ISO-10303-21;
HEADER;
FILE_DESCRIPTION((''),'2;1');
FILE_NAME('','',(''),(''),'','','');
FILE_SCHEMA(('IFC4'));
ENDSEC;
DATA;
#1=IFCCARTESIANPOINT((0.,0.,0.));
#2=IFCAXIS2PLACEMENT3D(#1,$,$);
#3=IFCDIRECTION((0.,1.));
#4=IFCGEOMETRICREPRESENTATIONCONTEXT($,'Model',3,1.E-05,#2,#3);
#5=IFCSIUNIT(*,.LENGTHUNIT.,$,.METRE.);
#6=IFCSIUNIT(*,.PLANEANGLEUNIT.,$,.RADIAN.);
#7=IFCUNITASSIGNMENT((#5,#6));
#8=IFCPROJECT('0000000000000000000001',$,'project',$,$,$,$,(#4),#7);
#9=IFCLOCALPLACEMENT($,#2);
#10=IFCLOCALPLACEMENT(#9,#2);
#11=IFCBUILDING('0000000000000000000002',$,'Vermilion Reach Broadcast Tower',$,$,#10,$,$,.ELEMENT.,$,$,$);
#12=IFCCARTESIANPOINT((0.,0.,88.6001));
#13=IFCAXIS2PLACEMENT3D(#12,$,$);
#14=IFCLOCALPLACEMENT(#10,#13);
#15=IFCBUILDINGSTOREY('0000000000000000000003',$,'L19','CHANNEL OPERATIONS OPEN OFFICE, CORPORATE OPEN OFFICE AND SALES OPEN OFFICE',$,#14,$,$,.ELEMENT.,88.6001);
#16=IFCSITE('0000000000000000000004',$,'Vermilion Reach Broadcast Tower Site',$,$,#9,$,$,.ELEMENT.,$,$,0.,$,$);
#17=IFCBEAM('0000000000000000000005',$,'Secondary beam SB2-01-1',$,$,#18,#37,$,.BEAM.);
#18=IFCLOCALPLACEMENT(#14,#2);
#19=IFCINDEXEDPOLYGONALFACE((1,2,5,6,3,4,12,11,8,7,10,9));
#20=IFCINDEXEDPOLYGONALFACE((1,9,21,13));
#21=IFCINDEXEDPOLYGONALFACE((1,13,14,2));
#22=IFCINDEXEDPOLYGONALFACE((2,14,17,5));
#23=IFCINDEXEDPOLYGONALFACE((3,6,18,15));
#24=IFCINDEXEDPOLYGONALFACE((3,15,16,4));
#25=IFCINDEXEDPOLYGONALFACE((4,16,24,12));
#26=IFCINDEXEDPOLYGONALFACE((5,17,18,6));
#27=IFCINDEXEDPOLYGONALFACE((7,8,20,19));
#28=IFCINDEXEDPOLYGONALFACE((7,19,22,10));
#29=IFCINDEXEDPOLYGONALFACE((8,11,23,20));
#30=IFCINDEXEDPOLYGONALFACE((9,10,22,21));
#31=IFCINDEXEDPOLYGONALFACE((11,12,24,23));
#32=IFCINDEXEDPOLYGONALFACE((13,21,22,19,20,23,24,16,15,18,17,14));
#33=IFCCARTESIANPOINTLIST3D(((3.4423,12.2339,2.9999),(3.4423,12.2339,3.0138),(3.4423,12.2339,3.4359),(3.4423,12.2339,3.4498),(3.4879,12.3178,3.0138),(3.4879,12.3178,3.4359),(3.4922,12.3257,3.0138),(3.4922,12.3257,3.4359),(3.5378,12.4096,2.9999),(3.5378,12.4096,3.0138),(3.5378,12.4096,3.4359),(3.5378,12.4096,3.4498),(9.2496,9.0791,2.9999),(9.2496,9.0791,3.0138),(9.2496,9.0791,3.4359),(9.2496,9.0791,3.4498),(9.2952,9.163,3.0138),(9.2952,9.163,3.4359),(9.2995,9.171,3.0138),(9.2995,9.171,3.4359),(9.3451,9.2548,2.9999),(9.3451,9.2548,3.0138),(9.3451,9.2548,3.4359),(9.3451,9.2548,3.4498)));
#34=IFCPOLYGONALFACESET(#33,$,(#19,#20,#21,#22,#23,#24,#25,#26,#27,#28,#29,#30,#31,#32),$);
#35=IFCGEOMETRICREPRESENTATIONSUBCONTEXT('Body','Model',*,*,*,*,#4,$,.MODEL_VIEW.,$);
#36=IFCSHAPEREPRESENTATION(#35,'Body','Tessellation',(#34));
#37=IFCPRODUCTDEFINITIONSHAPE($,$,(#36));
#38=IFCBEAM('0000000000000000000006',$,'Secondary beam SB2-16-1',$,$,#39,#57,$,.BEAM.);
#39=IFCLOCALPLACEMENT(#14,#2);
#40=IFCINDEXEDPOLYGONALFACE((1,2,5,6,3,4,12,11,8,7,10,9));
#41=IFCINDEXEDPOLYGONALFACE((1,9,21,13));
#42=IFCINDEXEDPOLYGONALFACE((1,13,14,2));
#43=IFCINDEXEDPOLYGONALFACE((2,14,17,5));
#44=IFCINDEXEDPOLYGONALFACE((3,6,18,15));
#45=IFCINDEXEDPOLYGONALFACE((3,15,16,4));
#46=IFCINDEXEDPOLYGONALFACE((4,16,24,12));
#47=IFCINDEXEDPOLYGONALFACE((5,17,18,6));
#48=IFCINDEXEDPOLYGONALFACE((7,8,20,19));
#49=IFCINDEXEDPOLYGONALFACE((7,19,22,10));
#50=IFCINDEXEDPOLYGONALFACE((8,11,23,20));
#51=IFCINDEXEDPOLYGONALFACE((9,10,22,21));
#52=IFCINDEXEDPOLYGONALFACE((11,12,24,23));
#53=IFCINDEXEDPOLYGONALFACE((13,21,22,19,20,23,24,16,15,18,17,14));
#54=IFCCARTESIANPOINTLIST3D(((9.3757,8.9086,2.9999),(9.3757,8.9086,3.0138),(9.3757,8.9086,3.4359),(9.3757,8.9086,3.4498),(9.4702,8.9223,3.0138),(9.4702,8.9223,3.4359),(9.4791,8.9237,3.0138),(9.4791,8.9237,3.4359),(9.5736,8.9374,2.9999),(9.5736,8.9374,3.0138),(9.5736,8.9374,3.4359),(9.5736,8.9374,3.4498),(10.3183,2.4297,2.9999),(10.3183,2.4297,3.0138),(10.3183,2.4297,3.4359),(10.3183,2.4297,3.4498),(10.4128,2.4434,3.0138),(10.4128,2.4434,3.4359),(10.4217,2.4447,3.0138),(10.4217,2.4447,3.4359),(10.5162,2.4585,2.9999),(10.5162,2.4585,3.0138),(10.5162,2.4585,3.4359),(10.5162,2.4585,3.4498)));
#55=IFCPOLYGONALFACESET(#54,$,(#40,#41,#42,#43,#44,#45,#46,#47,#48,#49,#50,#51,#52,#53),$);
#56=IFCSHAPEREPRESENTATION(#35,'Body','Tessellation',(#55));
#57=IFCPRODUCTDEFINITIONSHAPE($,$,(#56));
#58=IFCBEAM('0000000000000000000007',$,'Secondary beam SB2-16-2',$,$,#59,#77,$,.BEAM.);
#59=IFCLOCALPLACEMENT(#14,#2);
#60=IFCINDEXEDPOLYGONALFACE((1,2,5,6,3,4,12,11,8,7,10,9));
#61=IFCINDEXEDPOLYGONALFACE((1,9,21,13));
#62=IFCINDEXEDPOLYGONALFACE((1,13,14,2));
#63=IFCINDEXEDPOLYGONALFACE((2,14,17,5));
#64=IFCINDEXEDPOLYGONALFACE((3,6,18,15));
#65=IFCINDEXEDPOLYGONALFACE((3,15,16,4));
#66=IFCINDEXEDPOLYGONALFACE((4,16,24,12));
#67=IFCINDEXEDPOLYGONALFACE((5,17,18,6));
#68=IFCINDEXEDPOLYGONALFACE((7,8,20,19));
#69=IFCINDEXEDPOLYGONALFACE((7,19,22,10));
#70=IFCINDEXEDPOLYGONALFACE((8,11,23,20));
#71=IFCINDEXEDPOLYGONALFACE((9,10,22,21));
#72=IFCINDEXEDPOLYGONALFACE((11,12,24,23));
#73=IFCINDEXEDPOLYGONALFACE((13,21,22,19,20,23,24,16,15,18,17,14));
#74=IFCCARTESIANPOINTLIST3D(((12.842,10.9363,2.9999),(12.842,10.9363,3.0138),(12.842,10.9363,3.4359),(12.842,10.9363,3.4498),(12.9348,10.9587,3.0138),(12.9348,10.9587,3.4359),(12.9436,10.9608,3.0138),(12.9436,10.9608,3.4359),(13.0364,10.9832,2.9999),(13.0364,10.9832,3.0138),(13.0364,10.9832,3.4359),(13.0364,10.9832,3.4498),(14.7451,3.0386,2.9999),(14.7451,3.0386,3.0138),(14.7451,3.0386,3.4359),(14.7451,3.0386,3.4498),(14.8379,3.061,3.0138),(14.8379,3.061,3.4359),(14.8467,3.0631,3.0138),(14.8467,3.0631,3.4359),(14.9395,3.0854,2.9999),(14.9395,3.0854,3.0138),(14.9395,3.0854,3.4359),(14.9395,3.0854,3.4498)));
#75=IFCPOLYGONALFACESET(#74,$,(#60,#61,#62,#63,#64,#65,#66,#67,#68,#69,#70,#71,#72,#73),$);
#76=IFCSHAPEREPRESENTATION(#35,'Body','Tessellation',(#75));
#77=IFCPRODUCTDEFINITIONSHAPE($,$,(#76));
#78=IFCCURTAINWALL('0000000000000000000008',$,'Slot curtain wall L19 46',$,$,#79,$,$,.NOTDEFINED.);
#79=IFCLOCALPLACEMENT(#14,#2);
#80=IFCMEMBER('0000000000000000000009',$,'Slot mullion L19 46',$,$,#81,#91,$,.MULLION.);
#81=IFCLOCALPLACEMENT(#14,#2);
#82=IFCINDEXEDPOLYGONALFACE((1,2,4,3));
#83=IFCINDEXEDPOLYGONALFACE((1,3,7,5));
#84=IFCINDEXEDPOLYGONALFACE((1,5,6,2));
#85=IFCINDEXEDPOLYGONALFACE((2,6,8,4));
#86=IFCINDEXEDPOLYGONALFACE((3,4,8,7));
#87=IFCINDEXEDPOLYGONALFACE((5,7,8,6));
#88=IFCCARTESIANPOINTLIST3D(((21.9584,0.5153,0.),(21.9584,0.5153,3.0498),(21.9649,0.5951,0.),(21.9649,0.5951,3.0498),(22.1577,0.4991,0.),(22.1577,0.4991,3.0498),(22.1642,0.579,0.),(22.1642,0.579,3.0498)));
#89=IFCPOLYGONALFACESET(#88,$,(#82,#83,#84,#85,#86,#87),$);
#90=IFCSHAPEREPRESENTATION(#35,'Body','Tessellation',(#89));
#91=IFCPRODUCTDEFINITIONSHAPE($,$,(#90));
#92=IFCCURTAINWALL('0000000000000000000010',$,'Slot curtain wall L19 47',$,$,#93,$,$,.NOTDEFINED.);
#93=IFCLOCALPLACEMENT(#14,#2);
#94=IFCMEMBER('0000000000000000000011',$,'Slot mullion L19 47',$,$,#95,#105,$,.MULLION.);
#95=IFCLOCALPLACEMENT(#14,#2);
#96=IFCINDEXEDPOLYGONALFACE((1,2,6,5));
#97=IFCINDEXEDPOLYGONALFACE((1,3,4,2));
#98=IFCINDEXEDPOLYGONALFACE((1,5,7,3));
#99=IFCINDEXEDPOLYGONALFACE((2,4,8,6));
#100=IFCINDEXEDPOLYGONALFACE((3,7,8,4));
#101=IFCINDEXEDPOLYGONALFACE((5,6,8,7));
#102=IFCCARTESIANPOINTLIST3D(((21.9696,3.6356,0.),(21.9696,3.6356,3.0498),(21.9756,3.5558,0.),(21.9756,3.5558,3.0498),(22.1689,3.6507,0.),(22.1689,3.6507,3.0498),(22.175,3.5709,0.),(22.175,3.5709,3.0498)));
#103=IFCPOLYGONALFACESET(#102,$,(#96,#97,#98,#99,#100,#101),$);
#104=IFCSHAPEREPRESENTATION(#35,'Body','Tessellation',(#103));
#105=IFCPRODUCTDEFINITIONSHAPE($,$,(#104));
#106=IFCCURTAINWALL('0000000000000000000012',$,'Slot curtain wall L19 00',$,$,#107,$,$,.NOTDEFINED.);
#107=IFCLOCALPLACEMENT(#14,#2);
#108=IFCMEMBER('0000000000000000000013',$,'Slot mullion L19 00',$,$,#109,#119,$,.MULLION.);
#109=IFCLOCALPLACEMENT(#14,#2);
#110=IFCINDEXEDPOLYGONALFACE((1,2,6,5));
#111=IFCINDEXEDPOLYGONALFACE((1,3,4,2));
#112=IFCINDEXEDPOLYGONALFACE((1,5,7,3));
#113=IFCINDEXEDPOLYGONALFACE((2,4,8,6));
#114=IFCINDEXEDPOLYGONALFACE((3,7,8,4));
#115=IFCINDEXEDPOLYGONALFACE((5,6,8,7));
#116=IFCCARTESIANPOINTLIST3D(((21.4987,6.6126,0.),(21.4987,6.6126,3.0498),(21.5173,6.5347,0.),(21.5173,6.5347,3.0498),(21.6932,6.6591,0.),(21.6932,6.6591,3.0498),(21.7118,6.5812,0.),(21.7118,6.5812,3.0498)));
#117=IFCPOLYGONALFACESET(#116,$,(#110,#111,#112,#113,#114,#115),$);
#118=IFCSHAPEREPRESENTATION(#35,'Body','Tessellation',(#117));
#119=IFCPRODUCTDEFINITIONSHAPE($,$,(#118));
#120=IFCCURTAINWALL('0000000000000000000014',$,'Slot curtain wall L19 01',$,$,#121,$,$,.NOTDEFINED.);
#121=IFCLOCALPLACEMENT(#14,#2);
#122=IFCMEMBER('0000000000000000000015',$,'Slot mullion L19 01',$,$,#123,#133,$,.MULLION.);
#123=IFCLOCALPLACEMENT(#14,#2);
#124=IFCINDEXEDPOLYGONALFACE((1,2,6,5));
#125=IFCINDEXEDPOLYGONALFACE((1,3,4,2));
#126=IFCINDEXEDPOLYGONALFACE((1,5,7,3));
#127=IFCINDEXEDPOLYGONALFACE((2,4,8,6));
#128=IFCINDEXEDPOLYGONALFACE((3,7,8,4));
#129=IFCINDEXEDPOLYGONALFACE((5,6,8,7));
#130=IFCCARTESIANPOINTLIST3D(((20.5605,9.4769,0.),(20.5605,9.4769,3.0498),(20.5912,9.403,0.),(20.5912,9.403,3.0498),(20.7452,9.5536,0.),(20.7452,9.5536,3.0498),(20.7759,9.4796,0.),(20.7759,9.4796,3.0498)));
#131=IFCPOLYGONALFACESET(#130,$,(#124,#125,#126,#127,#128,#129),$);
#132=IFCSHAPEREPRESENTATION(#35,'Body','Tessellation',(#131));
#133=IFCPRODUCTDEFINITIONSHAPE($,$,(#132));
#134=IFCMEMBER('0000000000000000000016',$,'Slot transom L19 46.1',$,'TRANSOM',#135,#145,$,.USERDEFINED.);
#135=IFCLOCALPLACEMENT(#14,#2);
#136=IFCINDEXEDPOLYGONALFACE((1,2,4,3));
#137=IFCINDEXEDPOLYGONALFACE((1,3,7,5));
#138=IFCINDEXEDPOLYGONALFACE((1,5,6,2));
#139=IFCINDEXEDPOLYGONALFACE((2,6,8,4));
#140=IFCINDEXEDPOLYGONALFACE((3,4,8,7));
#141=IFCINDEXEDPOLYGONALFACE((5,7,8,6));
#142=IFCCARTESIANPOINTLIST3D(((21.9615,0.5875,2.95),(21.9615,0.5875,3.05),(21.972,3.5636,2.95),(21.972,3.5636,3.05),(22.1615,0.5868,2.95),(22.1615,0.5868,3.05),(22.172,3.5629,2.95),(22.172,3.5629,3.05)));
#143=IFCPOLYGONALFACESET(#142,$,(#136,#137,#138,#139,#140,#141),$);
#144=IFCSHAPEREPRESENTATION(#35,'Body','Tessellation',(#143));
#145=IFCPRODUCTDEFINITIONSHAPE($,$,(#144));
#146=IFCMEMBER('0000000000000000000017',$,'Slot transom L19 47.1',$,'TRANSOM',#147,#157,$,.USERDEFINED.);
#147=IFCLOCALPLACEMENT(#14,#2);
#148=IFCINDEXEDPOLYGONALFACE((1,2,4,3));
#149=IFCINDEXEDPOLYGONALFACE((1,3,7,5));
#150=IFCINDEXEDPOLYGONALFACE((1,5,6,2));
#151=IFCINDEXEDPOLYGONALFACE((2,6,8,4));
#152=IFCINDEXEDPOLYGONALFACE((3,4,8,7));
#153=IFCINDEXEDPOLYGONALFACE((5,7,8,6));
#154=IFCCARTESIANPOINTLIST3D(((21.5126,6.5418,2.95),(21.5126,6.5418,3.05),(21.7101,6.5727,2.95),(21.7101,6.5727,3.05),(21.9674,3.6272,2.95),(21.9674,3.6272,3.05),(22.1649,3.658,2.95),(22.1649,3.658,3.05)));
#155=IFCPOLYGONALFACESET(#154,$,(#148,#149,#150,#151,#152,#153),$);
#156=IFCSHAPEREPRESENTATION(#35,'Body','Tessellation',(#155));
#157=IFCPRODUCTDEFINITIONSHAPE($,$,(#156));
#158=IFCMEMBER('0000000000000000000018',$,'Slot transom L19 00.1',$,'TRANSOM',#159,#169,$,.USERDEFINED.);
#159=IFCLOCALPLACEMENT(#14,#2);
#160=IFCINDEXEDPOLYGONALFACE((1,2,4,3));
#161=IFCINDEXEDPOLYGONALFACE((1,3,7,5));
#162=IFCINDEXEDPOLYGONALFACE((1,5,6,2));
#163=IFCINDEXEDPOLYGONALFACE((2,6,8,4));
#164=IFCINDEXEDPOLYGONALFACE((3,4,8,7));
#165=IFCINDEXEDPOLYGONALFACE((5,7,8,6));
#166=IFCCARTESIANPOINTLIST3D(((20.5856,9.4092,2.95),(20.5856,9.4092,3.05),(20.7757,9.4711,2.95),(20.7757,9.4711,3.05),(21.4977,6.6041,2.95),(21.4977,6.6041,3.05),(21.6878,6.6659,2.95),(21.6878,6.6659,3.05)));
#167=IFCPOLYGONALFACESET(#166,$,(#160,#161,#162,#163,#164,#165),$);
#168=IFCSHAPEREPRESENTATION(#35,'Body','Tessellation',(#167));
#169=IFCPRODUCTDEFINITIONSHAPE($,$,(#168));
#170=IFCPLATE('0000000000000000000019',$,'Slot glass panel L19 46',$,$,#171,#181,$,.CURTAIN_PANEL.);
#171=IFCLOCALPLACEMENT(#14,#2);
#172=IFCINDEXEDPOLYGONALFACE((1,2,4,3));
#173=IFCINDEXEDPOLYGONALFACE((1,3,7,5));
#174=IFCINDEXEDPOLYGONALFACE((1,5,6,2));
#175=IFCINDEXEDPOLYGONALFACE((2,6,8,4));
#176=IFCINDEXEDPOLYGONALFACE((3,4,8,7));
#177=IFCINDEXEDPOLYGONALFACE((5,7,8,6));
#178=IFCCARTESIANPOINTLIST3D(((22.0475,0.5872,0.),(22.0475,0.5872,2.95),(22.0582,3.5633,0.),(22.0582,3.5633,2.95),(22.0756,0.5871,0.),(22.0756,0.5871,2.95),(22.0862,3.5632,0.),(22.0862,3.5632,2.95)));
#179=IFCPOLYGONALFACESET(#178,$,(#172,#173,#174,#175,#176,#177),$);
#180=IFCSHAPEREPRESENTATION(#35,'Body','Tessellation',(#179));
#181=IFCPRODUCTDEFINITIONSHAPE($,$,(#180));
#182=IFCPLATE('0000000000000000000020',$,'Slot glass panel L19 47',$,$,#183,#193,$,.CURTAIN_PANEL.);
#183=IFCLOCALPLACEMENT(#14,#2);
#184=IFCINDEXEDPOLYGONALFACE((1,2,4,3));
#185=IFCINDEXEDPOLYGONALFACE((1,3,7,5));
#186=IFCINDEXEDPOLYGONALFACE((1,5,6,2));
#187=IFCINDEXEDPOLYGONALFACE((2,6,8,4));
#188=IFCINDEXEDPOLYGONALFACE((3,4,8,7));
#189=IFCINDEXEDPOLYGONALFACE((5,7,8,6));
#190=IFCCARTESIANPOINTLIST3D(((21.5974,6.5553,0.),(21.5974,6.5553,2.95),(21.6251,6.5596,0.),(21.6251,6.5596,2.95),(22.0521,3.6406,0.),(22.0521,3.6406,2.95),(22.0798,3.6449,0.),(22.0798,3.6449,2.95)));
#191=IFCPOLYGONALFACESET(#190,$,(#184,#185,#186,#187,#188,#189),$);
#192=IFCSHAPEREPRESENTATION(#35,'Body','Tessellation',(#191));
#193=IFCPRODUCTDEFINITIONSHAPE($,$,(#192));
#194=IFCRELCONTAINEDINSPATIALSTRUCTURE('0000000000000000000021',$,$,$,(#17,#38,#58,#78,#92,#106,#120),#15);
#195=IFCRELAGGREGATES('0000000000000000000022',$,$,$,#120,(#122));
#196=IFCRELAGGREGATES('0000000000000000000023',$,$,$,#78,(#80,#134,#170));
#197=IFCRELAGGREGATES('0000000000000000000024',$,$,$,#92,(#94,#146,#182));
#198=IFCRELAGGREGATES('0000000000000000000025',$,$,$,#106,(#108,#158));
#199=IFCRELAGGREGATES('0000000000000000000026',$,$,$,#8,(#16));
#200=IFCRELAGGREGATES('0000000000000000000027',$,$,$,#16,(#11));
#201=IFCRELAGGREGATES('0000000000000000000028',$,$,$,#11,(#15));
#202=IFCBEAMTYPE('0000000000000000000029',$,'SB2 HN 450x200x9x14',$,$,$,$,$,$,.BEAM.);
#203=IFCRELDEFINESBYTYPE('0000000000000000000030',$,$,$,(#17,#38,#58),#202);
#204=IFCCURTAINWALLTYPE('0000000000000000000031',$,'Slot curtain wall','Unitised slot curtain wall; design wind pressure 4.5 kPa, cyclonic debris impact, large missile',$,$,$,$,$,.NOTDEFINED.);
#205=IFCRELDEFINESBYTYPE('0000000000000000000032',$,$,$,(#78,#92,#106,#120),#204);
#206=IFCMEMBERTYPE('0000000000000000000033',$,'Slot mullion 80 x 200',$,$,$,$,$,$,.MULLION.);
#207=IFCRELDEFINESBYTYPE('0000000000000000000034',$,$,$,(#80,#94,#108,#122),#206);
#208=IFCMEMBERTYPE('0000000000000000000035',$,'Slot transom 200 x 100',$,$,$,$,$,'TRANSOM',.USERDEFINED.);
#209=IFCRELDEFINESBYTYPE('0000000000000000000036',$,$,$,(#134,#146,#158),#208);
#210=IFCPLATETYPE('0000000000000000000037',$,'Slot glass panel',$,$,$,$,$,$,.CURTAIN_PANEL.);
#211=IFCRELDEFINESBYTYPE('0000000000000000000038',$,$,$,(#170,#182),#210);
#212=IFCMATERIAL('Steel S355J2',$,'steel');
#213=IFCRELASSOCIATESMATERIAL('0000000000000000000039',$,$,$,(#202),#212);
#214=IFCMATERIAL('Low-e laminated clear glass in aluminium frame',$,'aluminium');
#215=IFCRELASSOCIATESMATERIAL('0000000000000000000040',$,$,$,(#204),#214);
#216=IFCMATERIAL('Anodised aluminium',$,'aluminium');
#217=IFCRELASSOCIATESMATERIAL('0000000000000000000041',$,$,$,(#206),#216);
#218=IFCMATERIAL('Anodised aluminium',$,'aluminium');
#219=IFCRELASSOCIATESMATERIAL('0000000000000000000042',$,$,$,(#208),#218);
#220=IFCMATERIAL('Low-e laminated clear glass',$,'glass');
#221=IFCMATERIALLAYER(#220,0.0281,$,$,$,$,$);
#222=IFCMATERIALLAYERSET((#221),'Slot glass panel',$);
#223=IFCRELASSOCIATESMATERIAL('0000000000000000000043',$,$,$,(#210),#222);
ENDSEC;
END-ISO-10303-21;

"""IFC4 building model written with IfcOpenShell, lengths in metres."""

from ifc_helpers import new_model, si_unit, direction, frame, origin, origin_2d, place, context, subcontext, project, spatial, rectangle, i_section, extrude, material, layer, layer_set, material_profile, profile_set, type_object, element, aggregate, save


model = new_model("IFC4")

# Units and contexts
model_context = context("Model", 3, precision=1e-05, world=origin(), true_north=direction((0.0, 1.0)))
body_context = subcontext(model_context, "Body", "Model", "MODEL_VIEW")
ifc_project = project(units=[si_unit("LENGTHUNIT", "METRE"), si_unit("PLANEANGLEUNIT", "RADIAN")], contexts=[model_context])

# Site, building, storey
site_placement = place(None, origin())
site = spatial("IfcSite", under=ifc_project, at=site_placement, Name="Vermilion Reach Broadcast Tower Site", CompositionType="ELEMENT", RefElevation=0.0)
building_placement = place(site_placement, origin())
building = spatial("IfcBuilding", under=site, at=building_placement, Name="Vermilion Reach Broadcast Tower", CompositionType="ELEMENT")
storey_placement = place(building_placement, frame((0.0, 0.0, 88.6001)))
storey = spatial("IfcBuildingStorey", under=building, at=storey_placement, Name="L19", Description="CHANNEL OPERATIONS OPEN OFFICE, CORPORATE OPEN OFFICE AND SALES OPEN OFFICE", CompositionType="ELEMENT", Elevation=88.6001)

# Beams
ifc_material_1 = material(Name="Steel S355J2", Category="steel")
ifc_material_profile_1 = material_profile(ifc_material_1, i_section(OverallWidth=0.2, OverallDepth=0.45, WebThickness=0.009, FlangeThickness=0.0139, at=origin_2d()), Name="S355J2 HN 450x200x9x14")
ifc_profile_set_1 = profile_set([ifc_material_profile_1], Name="Steel S355J2")
beam_type_1 = type_object("IfcBeamType", Name="SB2 HN 450x200x9x14", PredefinedType="BEAM", material=ifc_profile_set_1)
beam_1_placement = place(storey_placement, frame((9.2974, 9.167, 3.2249), z_axis=(-0.878713, 0.47735, 0.0), x_axis=(-0.47735, -0.878713, 0.0)))
element("IfcBeam", 1, at=beam_1_placement, inside=storey, type_object=beam_type_1, Name="Secondary beam SB2-01-1", PredefinedType="BEAM", context=body_context, shape_type="SweptSolid", body=[
    extrude(i_section(OverallWidth=0.2, OverallDepth=0.45, WebThickness=0.009, FlangeThickness=0.0139, at=origin_2d()), origin(), (0.0, 0.0, 1.0), 6.6089),
])
beam_2_placement = place(storey_placement, frame((10.4172, 2.4441, 3.2249), z_axis=(-0.143974, 0.989582, 0.0), x_axis=(-0.989582, -0.143974, 0.0)))
element("IfcBeam", 2, at=beam_2_placement, inside=storey, type_object=beam_type_1, Name="Secondary beam SB2-16-1", PredefinedType="BEAM", context=body_context, shape_type="SweptSolid", body=[
    extrude(i_section(OverallWidth=0.2, OverallDepth=0.45, WebThickness=0.009, FlangeThickness=0.0139, at=origin_2d()), origin(), (0.0, 0.0, 1.0), 6.5471),
])
beam_3_placement = place(storey_placement, frame((14.8423, 3.062, 3.2249), z_axis=(-0.234261, 0.972174, 0.0), x_axis=(-0.972174, -0.234261, 0.0)))
element("IfcBeam", 3, at=beam_3_placement, inside=storey, type_object=beam_type_1, Name="Secondary beam SB2-16-2", PredefinedType="BEAM", context=body_context, shape_type="SweptSolid", body=[
    extrude(i_section(OverallWidth=0.2, OverallDepth=0.45, WebThickness=0.009, FlangeThickness=0.0139, at=origin_2d()), origin(), (0.0, 0.0, 1.0), 8.1238),
])

# Curtain walls, members
ifc_material_2 = material(Name="Low-e laminated clear glass in aluminium frame", Category="aluminium")
curtain_wall_type = type_object("IfcCurtainWallType", Name="Slot curtain wall", Description="Unitised slot curtain wall; design wind pressure 4.5 kPa, cyclonic debris impact, large missile", PredefinedType="NOTDEFINED", material=ifc_material_2)
placement = place(storey_placement, origin())
curtain_wall_1 = element("IfcCurtainWall", 4, at=placement, inside=storey, type_object=curtain_wall_type, Name="Slot curtain wall L19 46", PredefinedType="NOTDEFINED")
ifc_material_3 = material(Name="Anodised aluminium", Category="aluminium")
ifc_material_profile_2 = material_profile(ifc_material_3, rectangle(XDim=0.2, YDim=0.0801, at=origin_2d()), Name="Slot mullion 80 x 200")
ifc_profile_set_2 = profile_set([ifc_material_profile_2], Name="Anodised aluminium")
member_type_1 = type_object("IfcMemberType", Name="Slot mullion 80 x 200", PredefinedType="MULLION", material=ifc_profile_set_2)
member_1_placement = place(storey_placement, frame((22.0613, 0.5471, 0.0), z_axis=(0.0, 0.0, 1.0), x_axis=(-0.996732, 0.080781, 0.0)))
member_1 = element("IfcMember", 5, at=member_1_placement, type_object=member_type_1, Name="Slot mullion L19 46", PredefinedType="MULLION", context=body_context, shape_type="SweptSolid", body=[
    extrude(rectangle(XDim=0.2, YDim=0.0801, at=origin_2d()), origin(), (0.0, 0.0, 1.0), 3.0498),
])
curtain_wall_2 = element("IfcCurtainWall", 6, at=placement, inside=storey, type_object=curtain_wall_type, Name="Slot curtain wall L19 47", PredefinedType="NOTDEFINED")
member_2_placement = place(storey_placement, frame((22.0723, 3.6033, 0.0), z_axis=(0.0, 0.0, 1.0), x_axis=(-0.997144, -0.07552, 0.0)))
member_2 = element("IfcMember", 7, at=member_2_placement, type_object=member_type_1, Name="Slot mullion L19 47", PredefinedType="MULLION", context=body_context, shape_type="SweptSolid", body=[
    extrude(rectangle(XDim=0.2, YDim=0.0801, at=origin_2d()), origin(), (0.0, 0.0, 1.0), 3.0498),
])
curtain_wall_3 = element("IfcCurtainWall", 8, at=placement, inside=storey, type_object=curtain_wall_type, Name="Slot curtain wall L19 00", PredefinedType="NOTDEFINED")
member_3_placement = place(storey_placement, frame((21.6052, 6.5969, 0.0), z_axis=(0.0, 0.0, 1.0), x_axis=(-0.972614, -0.232427, 0.0)))
member_3 = element("IfcMember", 9, at=member_3_placement, type_object=member_type_1, Name="Slot mullion L19 00", PredefinedType="MULLION", context=body_context, shape_type="SweptSolid", body=[
    extrude(rectangle(XDim=0.2, YDim=0.0801, at=origin_2d()), origin(), (0.0, 0.0, 1.0), 3.0498),
])
curtain_wall_4 = element("IfcCurtainWall", 10, at=placement, inside=storey, type_object=curtain_wall_type, Name="Slot curtain wall L19 01", PredefinedType="NOTDEFINED")
member_4_placement = place(storey_placement, frame((20.6682, 9.4783, 0.0), z_axis=(0.0, 0.0, 1.0), x_axis=(-0.923553, -0.383471, 0.0)))
member_4 = element("IfcMember", 11, at=member_4_placement, type_object=member_type_1, Name="Slot mullion L19 01", PredefinedType="MULLION", context=body_context, shape_type="SweptSolid", body=[
    extrude(rectangle(XDim=0.2, YDim=0.0801, at=origin_2d()), origin(), (0.0, 0.0, 1.0), 3.0498),
])
aggregate(curtain_wall_4, [member_4])

# Members
ifc_material_4 = material(Name="Anodised aluminium", Category="aluminium")
ifc_material_profile_3 = material_profile(ifc_material_4, rectangle(XDim=0.2, YDim=0.1001, at=origin_2d()), Name="Slot transom 200 x 100")
ifc_profile_set_3 = profile_set([ifc_material_profile_3], Name="Anodised aluminium")
member_type_2 = type_object("IfcMemberType", Name="Slot transom 200 x 100", ElementType="TRANSOM", PredefinedType="USERDEFINED", material=ifc_profile_set_3)
member_5_placement = place(storey_placement, frame((22.0615, 0.5872, 3.0), z_axis=(0.003527, 0.999994, 0.0), x_axis=(-0.999994, 0.003527, 0.0)))
member_5 = element("IfcMember", 12, at=member_5_placement, type_object=member_type_2, Name="Slot transom L19 46.1", ObjectType="TRANSOM", PredefinedType="USERDEFINED", context=body_context, shape_type="SweptSolid", body=[
    extrude(rectangle(XDim=0.2, YDim=0.1001, at=origin_2d()), origin(), (0.0, 0.0, 1.0), 2.9761),
])
member_6_placement = place(storey_placement, frame((22.0662, 3.6426, 3.0), z_axis=(-0.154177, 0.988043, 0.0), x_axis=(-0.988043, -0.154177, 0.0)))
member_6 = element("IfcMember", 13, at=member_6_placement, type_object=member_type_2, Name="Slot transom L19 47.1", ObjectType="TRANSOM", PredefinedType="USERDEFINED", context=body_context, shape_type="SweptSolid", body=[
    extrude(rectangle(XDim=0.2, YDim=0.1001, at=origin_2d()), origin(), (0.0, 0.0, 1.0), 2.95),
])
member_7_placement = place(storey_placement, frame((21.5928, 6.635, 3.0), z_axis=(-0.309217, 0.950991, 0.0), x_axis=(-0.950991, -0.309217, 0.0)))
member_7 = element("IfcMember", 14, at=member_7_placement, type_object=member_type_2, Name="Slot transom L19 00.1", ObjectType="TRANSOM", PredefinedType="USERDEFINED", context=body_context, shape_type="SweptSolid", body=[
    extrude(rectangle(XDim=0.2, YDim=0.1001, at=origin_2d()), origin(), (0.0, 0.0, 1.0), 2.9497),
])

# Plates
ifc_material_5 = material(Name="Low-e laminated clear glass", Category="glass")
ifc_layer_1 = layer(ifc_material_5, 0.0281)
ifc_layer_set_1 = layer_set([ifc_layer_1], Name="Slot glass panel")
plate_type = type_object("IfcPlateType", Name="Slot glass panel", PredefinedType="CURTAIN_PANEL", material=ifc_layer_set_1)
plate_1_placement = place(storey_placement, frame((22.0669, 2.0752, 0.0), z_axis=(0.0, 0.0, 1.0), x_axis=(0.003569, 0.999994, 0.0)))
plate_1 = element("IfcPlate", 15, at=plate_1_placement, type_object=plate_type, Name="Slot glass panel L19 46", PredefinedType="CURTAIN_PANEL", context=body_context, shape_type="SweptSolid", body=[
    extrude(rectangle(XDim=2.9761, YDim=0.0281, at=origin_2d()), origin(), (0.0, 0.0, 1.0), 2.95),
])
aggregate(curtain_wall_1, [member_1, member_5, plate_1])
plate_2_placement = place(storey_placement, frame((21.8386, 5.1001, 0.0), z_axis=(0.0, 0.0, 1.0), x_axis=(-0.154137, 0.988049, 0.0)))
plate_2 = element("IfcPlate", 16, at=plate_2_placement, type_object=plate_type, Name="Slot glass panel L19 47", PredefinedType="CURTAIN_PANEL", context=body_context, shape_type="SweptSolid", body=[
    extrude(rectangle(XDim=2.95, YDim=0.0281, at=origin_2d()), origin(), (0.0, 0.0, 1.0), 2.95),
])
aggregate(curtain_wall_2, [member_2, member_6, plate_2])
aggregate(curtain_wall_3, [member_3, member_7])

save(model, "model.ifc")
